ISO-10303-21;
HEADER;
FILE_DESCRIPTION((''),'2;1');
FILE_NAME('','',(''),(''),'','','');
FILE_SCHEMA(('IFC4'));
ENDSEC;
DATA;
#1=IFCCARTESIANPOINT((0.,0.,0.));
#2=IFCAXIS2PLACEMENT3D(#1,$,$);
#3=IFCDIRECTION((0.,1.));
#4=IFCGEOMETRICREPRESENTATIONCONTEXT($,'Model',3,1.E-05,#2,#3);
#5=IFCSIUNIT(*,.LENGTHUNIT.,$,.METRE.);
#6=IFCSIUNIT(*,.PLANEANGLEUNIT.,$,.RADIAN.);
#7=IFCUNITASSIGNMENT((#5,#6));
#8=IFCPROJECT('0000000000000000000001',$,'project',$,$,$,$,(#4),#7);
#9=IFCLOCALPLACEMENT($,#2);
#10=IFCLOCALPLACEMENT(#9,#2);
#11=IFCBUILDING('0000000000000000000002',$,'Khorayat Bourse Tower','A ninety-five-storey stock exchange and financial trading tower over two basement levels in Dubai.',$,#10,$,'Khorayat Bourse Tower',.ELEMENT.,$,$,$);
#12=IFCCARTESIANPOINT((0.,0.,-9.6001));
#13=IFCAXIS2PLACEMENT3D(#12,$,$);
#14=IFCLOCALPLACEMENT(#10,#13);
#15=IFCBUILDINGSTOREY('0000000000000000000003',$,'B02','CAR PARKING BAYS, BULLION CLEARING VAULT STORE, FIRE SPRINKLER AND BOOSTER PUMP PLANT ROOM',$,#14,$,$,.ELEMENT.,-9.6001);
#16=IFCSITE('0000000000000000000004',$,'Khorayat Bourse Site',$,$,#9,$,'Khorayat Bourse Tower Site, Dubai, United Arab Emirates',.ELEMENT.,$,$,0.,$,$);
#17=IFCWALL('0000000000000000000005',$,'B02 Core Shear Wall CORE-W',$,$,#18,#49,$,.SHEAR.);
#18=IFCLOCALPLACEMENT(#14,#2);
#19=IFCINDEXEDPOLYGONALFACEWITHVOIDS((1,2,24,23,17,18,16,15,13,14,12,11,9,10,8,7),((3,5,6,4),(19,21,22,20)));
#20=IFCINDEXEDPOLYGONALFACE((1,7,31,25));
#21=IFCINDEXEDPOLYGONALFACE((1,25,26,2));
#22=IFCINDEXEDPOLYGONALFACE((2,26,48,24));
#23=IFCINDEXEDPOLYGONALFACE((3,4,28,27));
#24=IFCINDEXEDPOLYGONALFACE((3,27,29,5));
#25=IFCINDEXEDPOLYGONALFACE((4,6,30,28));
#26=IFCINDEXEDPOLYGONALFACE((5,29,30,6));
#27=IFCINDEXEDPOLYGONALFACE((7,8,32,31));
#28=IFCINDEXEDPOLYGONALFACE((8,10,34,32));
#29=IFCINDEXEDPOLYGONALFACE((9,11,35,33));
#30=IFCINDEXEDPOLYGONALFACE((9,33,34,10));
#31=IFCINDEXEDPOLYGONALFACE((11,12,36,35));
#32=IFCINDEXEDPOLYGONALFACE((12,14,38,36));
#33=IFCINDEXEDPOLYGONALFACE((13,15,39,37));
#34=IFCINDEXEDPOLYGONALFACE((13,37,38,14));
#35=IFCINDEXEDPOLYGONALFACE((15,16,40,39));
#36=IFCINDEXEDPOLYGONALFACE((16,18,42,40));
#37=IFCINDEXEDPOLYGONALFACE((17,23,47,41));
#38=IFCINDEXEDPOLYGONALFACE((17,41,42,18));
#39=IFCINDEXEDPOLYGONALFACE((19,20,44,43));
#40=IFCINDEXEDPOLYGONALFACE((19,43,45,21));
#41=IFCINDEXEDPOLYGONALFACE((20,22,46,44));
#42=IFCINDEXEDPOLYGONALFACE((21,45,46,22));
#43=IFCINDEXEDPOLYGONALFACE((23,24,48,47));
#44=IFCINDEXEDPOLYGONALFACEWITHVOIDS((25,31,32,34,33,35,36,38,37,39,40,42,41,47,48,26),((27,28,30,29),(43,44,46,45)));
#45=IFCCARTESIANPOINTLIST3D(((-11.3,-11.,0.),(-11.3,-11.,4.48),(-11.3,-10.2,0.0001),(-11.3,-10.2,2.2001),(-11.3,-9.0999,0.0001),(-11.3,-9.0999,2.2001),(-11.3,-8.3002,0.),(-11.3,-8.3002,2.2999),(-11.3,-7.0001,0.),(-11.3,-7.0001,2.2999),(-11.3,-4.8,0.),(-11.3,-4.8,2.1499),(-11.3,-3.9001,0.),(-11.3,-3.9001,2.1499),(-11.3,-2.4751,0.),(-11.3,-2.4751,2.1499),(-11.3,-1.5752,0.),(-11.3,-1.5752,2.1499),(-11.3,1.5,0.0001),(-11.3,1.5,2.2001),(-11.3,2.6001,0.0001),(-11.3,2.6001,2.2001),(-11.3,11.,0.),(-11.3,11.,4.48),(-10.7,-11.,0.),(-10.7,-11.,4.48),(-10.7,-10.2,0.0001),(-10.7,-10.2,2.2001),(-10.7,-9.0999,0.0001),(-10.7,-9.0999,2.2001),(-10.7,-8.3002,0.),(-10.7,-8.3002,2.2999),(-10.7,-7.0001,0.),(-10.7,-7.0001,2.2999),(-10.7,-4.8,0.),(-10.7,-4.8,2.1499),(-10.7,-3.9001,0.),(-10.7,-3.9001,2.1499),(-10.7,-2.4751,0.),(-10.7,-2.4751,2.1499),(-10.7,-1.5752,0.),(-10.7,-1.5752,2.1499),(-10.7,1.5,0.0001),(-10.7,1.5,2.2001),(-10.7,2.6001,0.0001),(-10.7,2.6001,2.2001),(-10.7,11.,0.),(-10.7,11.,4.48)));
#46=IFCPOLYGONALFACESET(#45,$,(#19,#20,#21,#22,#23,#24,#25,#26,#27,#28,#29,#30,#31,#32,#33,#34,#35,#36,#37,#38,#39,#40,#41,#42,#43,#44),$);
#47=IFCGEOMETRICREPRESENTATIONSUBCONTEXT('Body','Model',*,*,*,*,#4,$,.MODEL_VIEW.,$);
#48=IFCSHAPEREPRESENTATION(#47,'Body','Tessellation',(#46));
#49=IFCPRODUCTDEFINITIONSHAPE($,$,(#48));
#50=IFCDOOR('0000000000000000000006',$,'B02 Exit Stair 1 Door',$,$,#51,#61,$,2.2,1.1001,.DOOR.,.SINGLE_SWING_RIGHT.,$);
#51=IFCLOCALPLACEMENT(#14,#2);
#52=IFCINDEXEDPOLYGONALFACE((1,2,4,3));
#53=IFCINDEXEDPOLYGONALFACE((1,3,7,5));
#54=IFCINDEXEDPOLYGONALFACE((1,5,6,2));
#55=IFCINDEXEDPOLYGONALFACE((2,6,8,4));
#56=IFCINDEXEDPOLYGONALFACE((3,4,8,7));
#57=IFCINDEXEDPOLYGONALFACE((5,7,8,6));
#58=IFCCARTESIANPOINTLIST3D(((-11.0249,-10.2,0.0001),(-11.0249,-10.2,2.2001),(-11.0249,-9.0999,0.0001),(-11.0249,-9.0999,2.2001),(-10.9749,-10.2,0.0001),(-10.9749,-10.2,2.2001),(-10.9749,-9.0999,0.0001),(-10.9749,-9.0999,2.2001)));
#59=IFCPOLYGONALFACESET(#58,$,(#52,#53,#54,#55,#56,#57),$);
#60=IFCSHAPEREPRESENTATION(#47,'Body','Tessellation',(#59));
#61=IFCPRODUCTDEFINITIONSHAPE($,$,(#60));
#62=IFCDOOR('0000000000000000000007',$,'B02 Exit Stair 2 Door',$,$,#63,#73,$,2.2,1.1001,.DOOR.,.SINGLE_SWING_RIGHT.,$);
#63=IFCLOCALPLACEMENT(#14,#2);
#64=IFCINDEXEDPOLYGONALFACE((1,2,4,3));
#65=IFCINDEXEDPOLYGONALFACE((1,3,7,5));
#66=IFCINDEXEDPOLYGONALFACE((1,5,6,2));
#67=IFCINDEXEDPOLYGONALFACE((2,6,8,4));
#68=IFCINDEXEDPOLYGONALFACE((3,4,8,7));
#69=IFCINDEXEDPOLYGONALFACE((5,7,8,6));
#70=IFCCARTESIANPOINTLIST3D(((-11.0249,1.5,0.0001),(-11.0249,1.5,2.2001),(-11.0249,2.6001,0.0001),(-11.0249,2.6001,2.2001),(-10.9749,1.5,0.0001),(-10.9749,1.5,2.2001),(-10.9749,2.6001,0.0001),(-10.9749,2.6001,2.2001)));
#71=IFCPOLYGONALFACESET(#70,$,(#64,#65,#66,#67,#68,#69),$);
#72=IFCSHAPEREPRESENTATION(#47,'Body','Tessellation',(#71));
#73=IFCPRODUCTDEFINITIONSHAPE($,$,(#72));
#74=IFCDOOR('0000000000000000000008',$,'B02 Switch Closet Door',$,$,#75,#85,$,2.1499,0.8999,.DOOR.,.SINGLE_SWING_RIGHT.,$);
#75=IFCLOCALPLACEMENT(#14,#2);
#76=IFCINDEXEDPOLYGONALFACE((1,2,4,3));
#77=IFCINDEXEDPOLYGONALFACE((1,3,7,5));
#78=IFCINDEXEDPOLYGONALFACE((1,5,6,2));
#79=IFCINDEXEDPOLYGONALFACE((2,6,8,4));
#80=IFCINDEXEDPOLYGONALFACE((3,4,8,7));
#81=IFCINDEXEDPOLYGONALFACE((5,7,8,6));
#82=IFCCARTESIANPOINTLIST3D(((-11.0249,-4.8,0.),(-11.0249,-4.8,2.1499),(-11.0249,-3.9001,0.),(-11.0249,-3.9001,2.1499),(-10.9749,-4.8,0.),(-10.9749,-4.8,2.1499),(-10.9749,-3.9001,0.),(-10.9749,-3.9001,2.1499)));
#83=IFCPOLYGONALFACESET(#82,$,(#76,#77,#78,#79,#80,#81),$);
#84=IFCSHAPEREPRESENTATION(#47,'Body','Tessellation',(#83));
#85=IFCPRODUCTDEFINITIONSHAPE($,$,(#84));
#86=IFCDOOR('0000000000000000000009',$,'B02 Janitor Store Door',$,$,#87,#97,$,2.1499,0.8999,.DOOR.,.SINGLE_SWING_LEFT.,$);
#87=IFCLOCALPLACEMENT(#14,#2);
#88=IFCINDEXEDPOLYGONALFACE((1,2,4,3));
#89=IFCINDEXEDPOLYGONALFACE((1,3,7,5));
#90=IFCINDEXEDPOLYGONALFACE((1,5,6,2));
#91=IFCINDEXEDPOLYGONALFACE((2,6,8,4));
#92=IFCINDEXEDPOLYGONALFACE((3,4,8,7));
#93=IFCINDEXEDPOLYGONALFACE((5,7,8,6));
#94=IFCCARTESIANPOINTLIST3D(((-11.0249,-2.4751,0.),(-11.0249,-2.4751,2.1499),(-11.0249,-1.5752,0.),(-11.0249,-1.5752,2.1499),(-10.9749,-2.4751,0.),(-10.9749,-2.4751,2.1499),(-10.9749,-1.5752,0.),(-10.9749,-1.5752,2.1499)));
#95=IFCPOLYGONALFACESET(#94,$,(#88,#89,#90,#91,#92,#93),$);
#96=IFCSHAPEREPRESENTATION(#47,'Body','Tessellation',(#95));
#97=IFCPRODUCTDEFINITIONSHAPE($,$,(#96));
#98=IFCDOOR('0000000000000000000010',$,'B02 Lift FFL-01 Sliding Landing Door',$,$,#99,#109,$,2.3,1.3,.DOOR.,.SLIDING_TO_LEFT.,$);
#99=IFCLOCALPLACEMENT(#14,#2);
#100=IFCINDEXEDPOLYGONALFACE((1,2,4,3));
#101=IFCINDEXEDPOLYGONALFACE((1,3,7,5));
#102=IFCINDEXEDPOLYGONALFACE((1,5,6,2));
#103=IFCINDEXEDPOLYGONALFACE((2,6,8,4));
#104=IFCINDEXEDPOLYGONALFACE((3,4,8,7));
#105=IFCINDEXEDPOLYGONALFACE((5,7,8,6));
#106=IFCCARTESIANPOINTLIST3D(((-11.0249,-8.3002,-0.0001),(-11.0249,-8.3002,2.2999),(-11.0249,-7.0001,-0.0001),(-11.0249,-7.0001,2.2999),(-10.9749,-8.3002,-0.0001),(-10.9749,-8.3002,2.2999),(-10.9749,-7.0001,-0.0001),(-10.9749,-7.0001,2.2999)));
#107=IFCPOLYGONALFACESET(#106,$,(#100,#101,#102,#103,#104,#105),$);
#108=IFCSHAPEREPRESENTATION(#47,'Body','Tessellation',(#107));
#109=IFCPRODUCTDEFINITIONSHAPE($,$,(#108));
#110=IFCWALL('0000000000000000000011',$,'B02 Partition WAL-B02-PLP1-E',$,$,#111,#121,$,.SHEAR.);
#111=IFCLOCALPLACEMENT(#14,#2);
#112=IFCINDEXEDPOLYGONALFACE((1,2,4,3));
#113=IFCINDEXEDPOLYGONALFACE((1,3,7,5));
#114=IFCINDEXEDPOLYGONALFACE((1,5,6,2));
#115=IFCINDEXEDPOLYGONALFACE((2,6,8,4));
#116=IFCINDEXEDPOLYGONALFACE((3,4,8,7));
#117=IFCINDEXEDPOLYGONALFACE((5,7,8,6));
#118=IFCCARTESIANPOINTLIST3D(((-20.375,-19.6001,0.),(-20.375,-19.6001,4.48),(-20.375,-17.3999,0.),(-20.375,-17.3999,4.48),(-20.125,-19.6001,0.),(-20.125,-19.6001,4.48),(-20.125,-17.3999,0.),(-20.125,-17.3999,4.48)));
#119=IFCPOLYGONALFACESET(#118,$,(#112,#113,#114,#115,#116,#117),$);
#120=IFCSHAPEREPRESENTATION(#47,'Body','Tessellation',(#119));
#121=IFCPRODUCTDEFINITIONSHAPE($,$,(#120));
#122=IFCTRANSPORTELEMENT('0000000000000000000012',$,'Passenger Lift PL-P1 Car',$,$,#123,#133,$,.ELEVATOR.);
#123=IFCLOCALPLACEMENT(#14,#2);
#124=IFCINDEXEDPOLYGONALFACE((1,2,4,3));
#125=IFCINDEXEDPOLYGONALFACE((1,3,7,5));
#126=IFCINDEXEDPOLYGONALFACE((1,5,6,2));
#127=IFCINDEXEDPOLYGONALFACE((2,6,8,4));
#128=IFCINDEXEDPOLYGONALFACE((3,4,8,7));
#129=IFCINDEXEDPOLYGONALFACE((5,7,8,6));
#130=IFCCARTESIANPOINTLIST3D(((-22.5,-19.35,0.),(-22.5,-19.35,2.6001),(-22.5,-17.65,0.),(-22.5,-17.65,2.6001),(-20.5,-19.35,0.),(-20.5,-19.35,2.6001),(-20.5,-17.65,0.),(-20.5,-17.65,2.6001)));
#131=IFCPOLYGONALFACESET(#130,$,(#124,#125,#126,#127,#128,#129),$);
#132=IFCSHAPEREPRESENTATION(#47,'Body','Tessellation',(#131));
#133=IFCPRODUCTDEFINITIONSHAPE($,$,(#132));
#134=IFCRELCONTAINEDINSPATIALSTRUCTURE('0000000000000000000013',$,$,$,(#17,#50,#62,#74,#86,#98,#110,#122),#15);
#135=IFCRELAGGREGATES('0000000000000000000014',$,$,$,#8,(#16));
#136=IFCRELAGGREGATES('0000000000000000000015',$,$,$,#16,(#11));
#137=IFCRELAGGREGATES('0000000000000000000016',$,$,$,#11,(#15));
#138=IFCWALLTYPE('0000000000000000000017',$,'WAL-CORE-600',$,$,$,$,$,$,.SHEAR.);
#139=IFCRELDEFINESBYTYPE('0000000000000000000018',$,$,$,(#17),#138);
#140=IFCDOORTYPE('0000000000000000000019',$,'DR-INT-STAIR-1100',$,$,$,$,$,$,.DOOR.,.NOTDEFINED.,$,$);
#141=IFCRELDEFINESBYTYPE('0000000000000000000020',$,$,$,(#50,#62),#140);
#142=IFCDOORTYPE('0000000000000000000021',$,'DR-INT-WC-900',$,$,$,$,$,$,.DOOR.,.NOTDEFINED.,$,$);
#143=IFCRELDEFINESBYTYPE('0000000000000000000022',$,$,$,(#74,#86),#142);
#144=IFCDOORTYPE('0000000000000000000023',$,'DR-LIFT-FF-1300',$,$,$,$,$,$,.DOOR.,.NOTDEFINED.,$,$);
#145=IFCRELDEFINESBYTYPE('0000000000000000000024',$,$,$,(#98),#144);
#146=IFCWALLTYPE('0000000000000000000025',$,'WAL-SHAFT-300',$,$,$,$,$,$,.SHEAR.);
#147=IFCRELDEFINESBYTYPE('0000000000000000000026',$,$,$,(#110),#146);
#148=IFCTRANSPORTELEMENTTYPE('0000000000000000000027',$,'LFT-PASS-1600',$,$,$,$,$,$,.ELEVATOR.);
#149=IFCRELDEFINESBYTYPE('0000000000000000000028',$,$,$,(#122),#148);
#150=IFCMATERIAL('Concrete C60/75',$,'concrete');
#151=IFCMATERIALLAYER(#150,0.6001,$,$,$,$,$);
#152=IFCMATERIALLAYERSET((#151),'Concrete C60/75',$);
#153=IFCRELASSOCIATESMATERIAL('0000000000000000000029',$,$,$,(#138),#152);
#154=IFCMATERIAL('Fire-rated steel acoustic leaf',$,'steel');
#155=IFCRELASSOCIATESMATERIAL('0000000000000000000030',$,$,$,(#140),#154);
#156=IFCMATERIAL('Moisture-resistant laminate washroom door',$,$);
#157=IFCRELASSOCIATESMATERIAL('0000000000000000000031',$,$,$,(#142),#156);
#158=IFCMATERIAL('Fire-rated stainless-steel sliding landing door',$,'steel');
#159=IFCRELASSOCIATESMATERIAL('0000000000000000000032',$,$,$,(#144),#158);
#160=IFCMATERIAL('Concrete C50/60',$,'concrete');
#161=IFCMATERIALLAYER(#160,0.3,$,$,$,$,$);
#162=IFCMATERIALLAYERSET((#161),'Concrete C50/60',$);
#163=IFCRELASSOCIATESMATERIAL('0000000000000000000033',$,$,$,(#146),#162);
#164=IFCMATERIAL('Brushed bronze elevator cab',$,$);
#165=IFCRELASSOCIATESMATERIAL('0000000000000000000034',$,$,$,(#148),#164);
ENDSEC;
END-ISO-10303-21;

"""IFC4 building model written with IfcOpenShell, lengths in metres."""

from ifc_helpers import new_model, si_unit, direction, frame, frame_2d, origin, origin_2d, place, context, subcontext, project, spatial, rectangle, extrude, source, transform, mapped, material, layer, layer_set, type_object, element, fill, save


model = new_model("IFC4")

# Units and contexts
model_context = context("Model", 3, precision=1e-05, world=origin(), true_north=direction((0.0, 1.0)))
body_context = subcontext(model_context, "Body", "Model", "MODEL_VIEW")
ifc_project = project(units=[si_unit("LENGTHUNIT", "METRE"), si_unit("PLANEANGLEUNIT", "RADIAN")], contexts=[model_context])

# Site, building, storey
site_placement = place(None, origin())
site = spatial("IfcSite", under=ifc_project, at=site_placement, Name="Khorayat Bourse Site", LongName="Khorayat Bourse Tower Site, Dubai, United Arab Emirates", CompositionType="ELEMENT", RefElevation=0.0)
building_placement = place(site_placement, origin())
building = spatial("IfcBuilding", under=site, at=building_placement, Name="Khorayat Bourse Tower", Description="A ninety-five-storey stock exchange and financial trading tower over two basement levels in Dubai.", LongName="Khorayat Bourse Tower", CompositionType="ELEMENT")
storey_placement = place(building_placement, frame((0.0, 0.0, -9.6001)))
storey = spatial("IfcBuildingStorey", under=building, at=storey_placement, Name="B02", Description="CAR PARKING BAYS, BULLION CLEARING VAULT STORE, FIRE SPRINKLER AND BOOSTER PUMP PLANT ROOM", CompositionType="ELEMENT", Elevation=-9.6001)

# Shared definitions
ifc_material_1 = material(Name="Concrete C50/60", Category="concrete")

# Wall, openings, doors
ifc_material_2 = material(Name="Concrete C60/75", Category="concrete")
ifc_layer_1 = layer(ifc_material_2, 0.6001)
ifc_layer_set_1 = layer_set([ifc_layer_1], Name="Concrete C60/75")
wall_type_1 = type_object("IfcWallType", Name="WAL-CORE-600", PredefinedType="SHEAR", material=ifc_layer_set_1)
shared_shape_1 = source(origin(), body_context, "Body", "SweptSolid", [
    extrude(rectangle(XDim=22.0, YDim=0.6001, at=frame_2d((11.0, 0.0))), origin(), (0.0, 0.0, 1.0), 4.48),
])
wall_1_placement = place(storey_placement, frame((-11.0, -11.0, 0.0), z_axis=(0.0, 0.0, 1.0), x_axis=(0.0, 1.0, 0.0)))
wall_1 = element("IfcWall", 1, at=wall_1_placement, inside=storey, type_object=wall_type_1, Name="B02 Core Shear Wall CORE-W", PredefinedType="SHEAR", context=body_context, shape_type="MappedRepresentation", body=[
    mapped(shared_shape_1, transform((0.0, 0.0, 0.0), scale=1.0)),
])
shared_shape_2 = source(origin(), body_context, "Body", "SweptSolid", [
    extrude(rectangle(XDim=1.1001, YDim=2.2, at=frame_2d((0.55, 1.1001))), frame((0.0, 0.3101, 0.0), z_axis=(0.0, -1.0, 0.0), x_axis=(1.0, 0.0, 0.0)), (0.0, 0.0, 1.0), 0.6201),
])
opening_1_placement = place(wall_1_placement, frame((0.8, 0.0, 0.0)))
opening_1 = element("IfcOpeningElement", 2, at=opening_1_placement, cuts=wall_1, PredefinedType="OPENING", context=body_context, shape_type="MappedRepresentation", body=[
    mapped(shared_shape_2, transform((0.0, 0.0, 0.0), scale=1.0)),
])
opening_2_placement = place(wall_1_placement, frame((12.5, 0.0, 0.0)))
opening_2 = element("IfcOpeningElement", 3, at=opening_2_placement, cuts=wall_1, PredefinedType="OPENING", context=body_context, shape_type="MappedRepresentation", body=[
    mapped(shared_shape_2, transform((0.0, 0.0, 0.0), scale=1.0)),
])
shared_shape_3 = source(origin(), body_context, "Body", "SweptSolid", [
    extrude(rectangle(XDim=0.8999, YDim=2.1499, at=frame_2d((0.45, 1.075))), frame((0.0, 0.3101, 0.0), z_axis=(0.0, -1.0, 0.0), x_axis=(1.0, 0.0, 0.0)), (0.0, 0.0, 1.0), 0.6201),
])
opening_3_placement = place(wall_1_placement, frame((6.2, 0.0, 0.0)))
opening_3 = element("IfcOpeningElement", 4, at=opening_3_placement, cuts=wall_1, PredefinedType="OPENING", context=body_context, shape_type="MappedRepresentation", body=[
    mapped(shared_shape_3, transform((0.0, 0.0, 0.0), scale=1.0)),
])
opening_4_placement = place(wall_1_placement, frame((8.5249, 0.0, 0.0)))
opening_4 = element("IfcOpeningElement", 5, at=opening_4_placement, cuts=wall_1, PredefinedType="OPENING", context=body_context, shape_type="MappedRepresentation", body=[
    mapped(shared_shape_3, transform((0.0, 0.0, 0.0), scale=1.0)),
])
shared_shape_4 = source(origin(), body_context, "Body", "SweptSolid", [
    extrude(rectangle(XDim=1.3, YDim=2.3, at=frame_2d((0.6499, 1.1499))), frame((0.0, 0.3101, 0.0), z_axis=(0.0, -1.0, 0.0), x_axis=(1.0, 0.0, 0.0)), (0.0, 0.0, 1.0), 0.6201),
])
opening_5_placement = place(wall_1_placement, frame((2.7, 0.0, 0.0)))
opening_5 = element("IfcOpeningElement", 6, at=opening_5_placement, cuts=wall_1, PredefinedType="OPENING", context=body_context, shape_type="MappedRepresentation", body=[
    mapped(shared_shape_4, transform((0.0, 0.0, 0.0), scale=1.0)),
])
ifc_material_3 = material(Name="Fire-rated steel acoustic leaf", Category="steel")
door_type_1 = type_object("IfcDoorType", Name="DR-INT-STAIR-1100", OperationType="NOTDEFINED", PredefinedType="DOOR", material=ifc_material_3)
shared_shape_5 = source(origin(), body_context, "Body", "SweptSolid", [
    extrude(rectangle(XDim=1.1001, YDim=2.2, at=frame_2d((0.55, 1.1001))), frame((0.0, 0.0249, 0.0), z_axis=(0.0, -1.0, 0.0), x_axis=(1.0, 0.0, 0.0)), (0.0, 0.0, 1.0), 0.05),
])
door_1_placement = place(opening_1_placement, origin())
door_1 = element("IfcDoor", 7, at=door_1_placement, inside=storey, type_object=door_type_1, Name="B02 Exit Stair 1 Door", OperationType="SINGLE_SWING_RIGHT", OverallHeight=2.2, OverallWidth=1.1001, PredefinedType="DOOR", context=body_context, shape_type="MappedRepresentation", body=[
    mapped(shared_shape_5, transform((0.0, 0.0, 0.0), scale=1.0)),
])
fill(opening_1, door_1)
door_2_placement = place(opening_2_placement, origin())
door_2 = element("IfcDoor", 8, at=door_2_placement, inside=storey, type_object=door_type_1, Name="B02 Exit Stair 2 Door", OperationType="SINGLE_SWING_RIGHT", OverallHeight=2.2, OverallWidth=1.1001, PredefinedType="DOOR", context=body_context, shape_type="MappedRepresentation", body=[
    mapped(shared_shape_5, transform((0.0, 0.0, 0.0), scale=1.0)),
])
fill(opening_2, door_2)
ifc_material_4 = material(Name="Moisture-resistant laminate washroom door")
door_type_2 = type_object("IfcDoorType", Name="DR-INT-WC-900", OperationType="NOTDEFINED", PredefinedType="DOOR", material=ifc_material_4)
shared_shape_6 = source(origin(), body_context, "Body", "SweptSolid", [
    extrude(rectangle(XDim=0.8999, YDim=2.1499, at=frame_2d((0.45, 1.075))), frame((0.0, 0.0249, 0.0), z_axis=(0.0, -1.0, 0.0), x_axis=(1.0, 0.0, 0.0)), (0.0, 0.0, 1.0), 0.05),
])
door_3_placement = place(opening_3_placement, origin())
door_3 = element("IfcDoor", 9, at=door_3_placement, inside=storey, type_object=door_type_2, Name="B02 Switch Closet Door", OperationType="SINGLE_SWING_RIGHT", OverallHeight=2.1499, OverallWidth=0.8999, PredefinedType="DOOR", context=body_context, shape_type="MappedRepresentation", body=[
    mapped(shared_shape_6, transform((0.0, 0.0, 0.0), scale=1.0)),
])
fill(opening_3, door_3)
door_4_placement = place(opening_4_placement, origin())
door_4 = element("IfcDoor", 10, at=door_4_placement, inside=storey, type_object=door_type_2, Name="B02 Janitor Store Door", OperationType="SINGLE_SWING_LEFT", OverallHeight=2.1499, OverallWidth=0.8999, PredefinedType="DOOR", context=body_context, shape_type="MappedRepresentation", body=[
    mapped(shared_shape_6, transform((0.0, 0.0, 0.0), scale=1.0)),
])
fill(opening_4, door_4)
ifc_material_5 = material(Name="Fire-rated stainless-steel sliding landing door", Category="steel")
door_type_3 = type_object("IfcDoorType", Name="DR-LIFT-FF-1300", OperationType="NOTDEFINED", PredefinedType="DOOR", material=ifc_material_5)
shared_shape_7 = source(origin(), body_context, "Body", "SweptSolid", [
    extrude(rectangle(XDim=1.3, YDim=2.3, at=frame_2d((0.6499, 1.1499))), frame((0.0, 0.0249, 0.0), z_axis=(0.0, -1.0, 0.0), x_axis=(1.0, 0.0, 0.0)), (0.0, 0.0, 1.0), 0.05),
])
door_5_placement = place(opening_5_placement, origin())
door_5 = element("IfcDoor", 11, at=door_5_placement, inside=storey, type_object=door_type_3, Name="B02 Lift FFL-01 Sliding Landing Door", OperationType="SLIDING_TO_LEFT", OverallHeight=2.3, OverallWidth=1.3, PredefinedType="DOOR", context=body_context, shape_type="MappedRepresentation", body=[
    mapped(shared_shape_7, transform((0.0, 0.0, 0.0), scale=1.0)),
])
fill(opening_5, door_5)

# Wall
ifc_layer_2 = layer(ifc_material_1, 0.3)
ifc_layer_set_2 = layer_set([ifc_layer_2], Name="Concrete C50/60")
wall_type_2 = type_object("IfcWallType", Name="WAL-SHAFT-300", PredefinedType="SHEAR", material=ifc_layer_set_2)
shared_shape_8 = source(origin(), body_context, "Body", "SweptSolid", [
    extrude(rectangle(XDim=2.2002, YDim=0.25, at=frame_2d((1.1001, 0.0))), origin(), (0.0, 0.0, 1.0), 4.48),
])
wall_2_placement = place(storey_placement, frame((-20.25, -19.6001, 0.0), z_axis=(0.0, 0.0, 1.0), x_axis=(0.0, 1.0, 0.0)))
element("IfcWall", 12, at=wall_2_placement, inside=storey, type_object=wall_type_2, Name="B02 Partition WAL-B02-PLP1-E", PredefinedType="SHEAR", context=body_context, shape_type="MappedRepresentation", body=[
    mapped(shared_shape_8, transform((0.0, 0.0, 0.0), scale=1.0)),
])

# Transport element
ifc_material_6 = material(Name="Brushed bronze elevator cab")
transport_element_type = type_object("IfcTransportElementType", Name="LFT-PASS-1600", PredefinedType="ELEVATOR", material=ifc_material_6)
shared_shape_9 = source(origin(), body_context, "Body", "SweptSolid", [
    extrude(rectangle(XDim=2.0, YDim=1.7, at=origin_2d()), origin(), (0.0, 0.0, 1.0), 2.6001),
])
transport_element_placement = place(storey_placement, frame((-21.5, -18.5, 0.0), z_axis=(0.0, 0.0, 1.0), x_axis=(1.0, 0.0, 0.0)))
element("IfcTransportElement", 13, at=transport_element_placement, inside=storey, type_object=transport_element_type, Name="Passenger Lift PL-P1 Car", PredefinedType="ELEVATOR", context=body_context, shape_type="MappedRepresentation", body=[
    mapped(shared_shape_9, transform((0.0, 0.0, 0.0), scale=1.0)),
])

save(model, "model.ifc")
